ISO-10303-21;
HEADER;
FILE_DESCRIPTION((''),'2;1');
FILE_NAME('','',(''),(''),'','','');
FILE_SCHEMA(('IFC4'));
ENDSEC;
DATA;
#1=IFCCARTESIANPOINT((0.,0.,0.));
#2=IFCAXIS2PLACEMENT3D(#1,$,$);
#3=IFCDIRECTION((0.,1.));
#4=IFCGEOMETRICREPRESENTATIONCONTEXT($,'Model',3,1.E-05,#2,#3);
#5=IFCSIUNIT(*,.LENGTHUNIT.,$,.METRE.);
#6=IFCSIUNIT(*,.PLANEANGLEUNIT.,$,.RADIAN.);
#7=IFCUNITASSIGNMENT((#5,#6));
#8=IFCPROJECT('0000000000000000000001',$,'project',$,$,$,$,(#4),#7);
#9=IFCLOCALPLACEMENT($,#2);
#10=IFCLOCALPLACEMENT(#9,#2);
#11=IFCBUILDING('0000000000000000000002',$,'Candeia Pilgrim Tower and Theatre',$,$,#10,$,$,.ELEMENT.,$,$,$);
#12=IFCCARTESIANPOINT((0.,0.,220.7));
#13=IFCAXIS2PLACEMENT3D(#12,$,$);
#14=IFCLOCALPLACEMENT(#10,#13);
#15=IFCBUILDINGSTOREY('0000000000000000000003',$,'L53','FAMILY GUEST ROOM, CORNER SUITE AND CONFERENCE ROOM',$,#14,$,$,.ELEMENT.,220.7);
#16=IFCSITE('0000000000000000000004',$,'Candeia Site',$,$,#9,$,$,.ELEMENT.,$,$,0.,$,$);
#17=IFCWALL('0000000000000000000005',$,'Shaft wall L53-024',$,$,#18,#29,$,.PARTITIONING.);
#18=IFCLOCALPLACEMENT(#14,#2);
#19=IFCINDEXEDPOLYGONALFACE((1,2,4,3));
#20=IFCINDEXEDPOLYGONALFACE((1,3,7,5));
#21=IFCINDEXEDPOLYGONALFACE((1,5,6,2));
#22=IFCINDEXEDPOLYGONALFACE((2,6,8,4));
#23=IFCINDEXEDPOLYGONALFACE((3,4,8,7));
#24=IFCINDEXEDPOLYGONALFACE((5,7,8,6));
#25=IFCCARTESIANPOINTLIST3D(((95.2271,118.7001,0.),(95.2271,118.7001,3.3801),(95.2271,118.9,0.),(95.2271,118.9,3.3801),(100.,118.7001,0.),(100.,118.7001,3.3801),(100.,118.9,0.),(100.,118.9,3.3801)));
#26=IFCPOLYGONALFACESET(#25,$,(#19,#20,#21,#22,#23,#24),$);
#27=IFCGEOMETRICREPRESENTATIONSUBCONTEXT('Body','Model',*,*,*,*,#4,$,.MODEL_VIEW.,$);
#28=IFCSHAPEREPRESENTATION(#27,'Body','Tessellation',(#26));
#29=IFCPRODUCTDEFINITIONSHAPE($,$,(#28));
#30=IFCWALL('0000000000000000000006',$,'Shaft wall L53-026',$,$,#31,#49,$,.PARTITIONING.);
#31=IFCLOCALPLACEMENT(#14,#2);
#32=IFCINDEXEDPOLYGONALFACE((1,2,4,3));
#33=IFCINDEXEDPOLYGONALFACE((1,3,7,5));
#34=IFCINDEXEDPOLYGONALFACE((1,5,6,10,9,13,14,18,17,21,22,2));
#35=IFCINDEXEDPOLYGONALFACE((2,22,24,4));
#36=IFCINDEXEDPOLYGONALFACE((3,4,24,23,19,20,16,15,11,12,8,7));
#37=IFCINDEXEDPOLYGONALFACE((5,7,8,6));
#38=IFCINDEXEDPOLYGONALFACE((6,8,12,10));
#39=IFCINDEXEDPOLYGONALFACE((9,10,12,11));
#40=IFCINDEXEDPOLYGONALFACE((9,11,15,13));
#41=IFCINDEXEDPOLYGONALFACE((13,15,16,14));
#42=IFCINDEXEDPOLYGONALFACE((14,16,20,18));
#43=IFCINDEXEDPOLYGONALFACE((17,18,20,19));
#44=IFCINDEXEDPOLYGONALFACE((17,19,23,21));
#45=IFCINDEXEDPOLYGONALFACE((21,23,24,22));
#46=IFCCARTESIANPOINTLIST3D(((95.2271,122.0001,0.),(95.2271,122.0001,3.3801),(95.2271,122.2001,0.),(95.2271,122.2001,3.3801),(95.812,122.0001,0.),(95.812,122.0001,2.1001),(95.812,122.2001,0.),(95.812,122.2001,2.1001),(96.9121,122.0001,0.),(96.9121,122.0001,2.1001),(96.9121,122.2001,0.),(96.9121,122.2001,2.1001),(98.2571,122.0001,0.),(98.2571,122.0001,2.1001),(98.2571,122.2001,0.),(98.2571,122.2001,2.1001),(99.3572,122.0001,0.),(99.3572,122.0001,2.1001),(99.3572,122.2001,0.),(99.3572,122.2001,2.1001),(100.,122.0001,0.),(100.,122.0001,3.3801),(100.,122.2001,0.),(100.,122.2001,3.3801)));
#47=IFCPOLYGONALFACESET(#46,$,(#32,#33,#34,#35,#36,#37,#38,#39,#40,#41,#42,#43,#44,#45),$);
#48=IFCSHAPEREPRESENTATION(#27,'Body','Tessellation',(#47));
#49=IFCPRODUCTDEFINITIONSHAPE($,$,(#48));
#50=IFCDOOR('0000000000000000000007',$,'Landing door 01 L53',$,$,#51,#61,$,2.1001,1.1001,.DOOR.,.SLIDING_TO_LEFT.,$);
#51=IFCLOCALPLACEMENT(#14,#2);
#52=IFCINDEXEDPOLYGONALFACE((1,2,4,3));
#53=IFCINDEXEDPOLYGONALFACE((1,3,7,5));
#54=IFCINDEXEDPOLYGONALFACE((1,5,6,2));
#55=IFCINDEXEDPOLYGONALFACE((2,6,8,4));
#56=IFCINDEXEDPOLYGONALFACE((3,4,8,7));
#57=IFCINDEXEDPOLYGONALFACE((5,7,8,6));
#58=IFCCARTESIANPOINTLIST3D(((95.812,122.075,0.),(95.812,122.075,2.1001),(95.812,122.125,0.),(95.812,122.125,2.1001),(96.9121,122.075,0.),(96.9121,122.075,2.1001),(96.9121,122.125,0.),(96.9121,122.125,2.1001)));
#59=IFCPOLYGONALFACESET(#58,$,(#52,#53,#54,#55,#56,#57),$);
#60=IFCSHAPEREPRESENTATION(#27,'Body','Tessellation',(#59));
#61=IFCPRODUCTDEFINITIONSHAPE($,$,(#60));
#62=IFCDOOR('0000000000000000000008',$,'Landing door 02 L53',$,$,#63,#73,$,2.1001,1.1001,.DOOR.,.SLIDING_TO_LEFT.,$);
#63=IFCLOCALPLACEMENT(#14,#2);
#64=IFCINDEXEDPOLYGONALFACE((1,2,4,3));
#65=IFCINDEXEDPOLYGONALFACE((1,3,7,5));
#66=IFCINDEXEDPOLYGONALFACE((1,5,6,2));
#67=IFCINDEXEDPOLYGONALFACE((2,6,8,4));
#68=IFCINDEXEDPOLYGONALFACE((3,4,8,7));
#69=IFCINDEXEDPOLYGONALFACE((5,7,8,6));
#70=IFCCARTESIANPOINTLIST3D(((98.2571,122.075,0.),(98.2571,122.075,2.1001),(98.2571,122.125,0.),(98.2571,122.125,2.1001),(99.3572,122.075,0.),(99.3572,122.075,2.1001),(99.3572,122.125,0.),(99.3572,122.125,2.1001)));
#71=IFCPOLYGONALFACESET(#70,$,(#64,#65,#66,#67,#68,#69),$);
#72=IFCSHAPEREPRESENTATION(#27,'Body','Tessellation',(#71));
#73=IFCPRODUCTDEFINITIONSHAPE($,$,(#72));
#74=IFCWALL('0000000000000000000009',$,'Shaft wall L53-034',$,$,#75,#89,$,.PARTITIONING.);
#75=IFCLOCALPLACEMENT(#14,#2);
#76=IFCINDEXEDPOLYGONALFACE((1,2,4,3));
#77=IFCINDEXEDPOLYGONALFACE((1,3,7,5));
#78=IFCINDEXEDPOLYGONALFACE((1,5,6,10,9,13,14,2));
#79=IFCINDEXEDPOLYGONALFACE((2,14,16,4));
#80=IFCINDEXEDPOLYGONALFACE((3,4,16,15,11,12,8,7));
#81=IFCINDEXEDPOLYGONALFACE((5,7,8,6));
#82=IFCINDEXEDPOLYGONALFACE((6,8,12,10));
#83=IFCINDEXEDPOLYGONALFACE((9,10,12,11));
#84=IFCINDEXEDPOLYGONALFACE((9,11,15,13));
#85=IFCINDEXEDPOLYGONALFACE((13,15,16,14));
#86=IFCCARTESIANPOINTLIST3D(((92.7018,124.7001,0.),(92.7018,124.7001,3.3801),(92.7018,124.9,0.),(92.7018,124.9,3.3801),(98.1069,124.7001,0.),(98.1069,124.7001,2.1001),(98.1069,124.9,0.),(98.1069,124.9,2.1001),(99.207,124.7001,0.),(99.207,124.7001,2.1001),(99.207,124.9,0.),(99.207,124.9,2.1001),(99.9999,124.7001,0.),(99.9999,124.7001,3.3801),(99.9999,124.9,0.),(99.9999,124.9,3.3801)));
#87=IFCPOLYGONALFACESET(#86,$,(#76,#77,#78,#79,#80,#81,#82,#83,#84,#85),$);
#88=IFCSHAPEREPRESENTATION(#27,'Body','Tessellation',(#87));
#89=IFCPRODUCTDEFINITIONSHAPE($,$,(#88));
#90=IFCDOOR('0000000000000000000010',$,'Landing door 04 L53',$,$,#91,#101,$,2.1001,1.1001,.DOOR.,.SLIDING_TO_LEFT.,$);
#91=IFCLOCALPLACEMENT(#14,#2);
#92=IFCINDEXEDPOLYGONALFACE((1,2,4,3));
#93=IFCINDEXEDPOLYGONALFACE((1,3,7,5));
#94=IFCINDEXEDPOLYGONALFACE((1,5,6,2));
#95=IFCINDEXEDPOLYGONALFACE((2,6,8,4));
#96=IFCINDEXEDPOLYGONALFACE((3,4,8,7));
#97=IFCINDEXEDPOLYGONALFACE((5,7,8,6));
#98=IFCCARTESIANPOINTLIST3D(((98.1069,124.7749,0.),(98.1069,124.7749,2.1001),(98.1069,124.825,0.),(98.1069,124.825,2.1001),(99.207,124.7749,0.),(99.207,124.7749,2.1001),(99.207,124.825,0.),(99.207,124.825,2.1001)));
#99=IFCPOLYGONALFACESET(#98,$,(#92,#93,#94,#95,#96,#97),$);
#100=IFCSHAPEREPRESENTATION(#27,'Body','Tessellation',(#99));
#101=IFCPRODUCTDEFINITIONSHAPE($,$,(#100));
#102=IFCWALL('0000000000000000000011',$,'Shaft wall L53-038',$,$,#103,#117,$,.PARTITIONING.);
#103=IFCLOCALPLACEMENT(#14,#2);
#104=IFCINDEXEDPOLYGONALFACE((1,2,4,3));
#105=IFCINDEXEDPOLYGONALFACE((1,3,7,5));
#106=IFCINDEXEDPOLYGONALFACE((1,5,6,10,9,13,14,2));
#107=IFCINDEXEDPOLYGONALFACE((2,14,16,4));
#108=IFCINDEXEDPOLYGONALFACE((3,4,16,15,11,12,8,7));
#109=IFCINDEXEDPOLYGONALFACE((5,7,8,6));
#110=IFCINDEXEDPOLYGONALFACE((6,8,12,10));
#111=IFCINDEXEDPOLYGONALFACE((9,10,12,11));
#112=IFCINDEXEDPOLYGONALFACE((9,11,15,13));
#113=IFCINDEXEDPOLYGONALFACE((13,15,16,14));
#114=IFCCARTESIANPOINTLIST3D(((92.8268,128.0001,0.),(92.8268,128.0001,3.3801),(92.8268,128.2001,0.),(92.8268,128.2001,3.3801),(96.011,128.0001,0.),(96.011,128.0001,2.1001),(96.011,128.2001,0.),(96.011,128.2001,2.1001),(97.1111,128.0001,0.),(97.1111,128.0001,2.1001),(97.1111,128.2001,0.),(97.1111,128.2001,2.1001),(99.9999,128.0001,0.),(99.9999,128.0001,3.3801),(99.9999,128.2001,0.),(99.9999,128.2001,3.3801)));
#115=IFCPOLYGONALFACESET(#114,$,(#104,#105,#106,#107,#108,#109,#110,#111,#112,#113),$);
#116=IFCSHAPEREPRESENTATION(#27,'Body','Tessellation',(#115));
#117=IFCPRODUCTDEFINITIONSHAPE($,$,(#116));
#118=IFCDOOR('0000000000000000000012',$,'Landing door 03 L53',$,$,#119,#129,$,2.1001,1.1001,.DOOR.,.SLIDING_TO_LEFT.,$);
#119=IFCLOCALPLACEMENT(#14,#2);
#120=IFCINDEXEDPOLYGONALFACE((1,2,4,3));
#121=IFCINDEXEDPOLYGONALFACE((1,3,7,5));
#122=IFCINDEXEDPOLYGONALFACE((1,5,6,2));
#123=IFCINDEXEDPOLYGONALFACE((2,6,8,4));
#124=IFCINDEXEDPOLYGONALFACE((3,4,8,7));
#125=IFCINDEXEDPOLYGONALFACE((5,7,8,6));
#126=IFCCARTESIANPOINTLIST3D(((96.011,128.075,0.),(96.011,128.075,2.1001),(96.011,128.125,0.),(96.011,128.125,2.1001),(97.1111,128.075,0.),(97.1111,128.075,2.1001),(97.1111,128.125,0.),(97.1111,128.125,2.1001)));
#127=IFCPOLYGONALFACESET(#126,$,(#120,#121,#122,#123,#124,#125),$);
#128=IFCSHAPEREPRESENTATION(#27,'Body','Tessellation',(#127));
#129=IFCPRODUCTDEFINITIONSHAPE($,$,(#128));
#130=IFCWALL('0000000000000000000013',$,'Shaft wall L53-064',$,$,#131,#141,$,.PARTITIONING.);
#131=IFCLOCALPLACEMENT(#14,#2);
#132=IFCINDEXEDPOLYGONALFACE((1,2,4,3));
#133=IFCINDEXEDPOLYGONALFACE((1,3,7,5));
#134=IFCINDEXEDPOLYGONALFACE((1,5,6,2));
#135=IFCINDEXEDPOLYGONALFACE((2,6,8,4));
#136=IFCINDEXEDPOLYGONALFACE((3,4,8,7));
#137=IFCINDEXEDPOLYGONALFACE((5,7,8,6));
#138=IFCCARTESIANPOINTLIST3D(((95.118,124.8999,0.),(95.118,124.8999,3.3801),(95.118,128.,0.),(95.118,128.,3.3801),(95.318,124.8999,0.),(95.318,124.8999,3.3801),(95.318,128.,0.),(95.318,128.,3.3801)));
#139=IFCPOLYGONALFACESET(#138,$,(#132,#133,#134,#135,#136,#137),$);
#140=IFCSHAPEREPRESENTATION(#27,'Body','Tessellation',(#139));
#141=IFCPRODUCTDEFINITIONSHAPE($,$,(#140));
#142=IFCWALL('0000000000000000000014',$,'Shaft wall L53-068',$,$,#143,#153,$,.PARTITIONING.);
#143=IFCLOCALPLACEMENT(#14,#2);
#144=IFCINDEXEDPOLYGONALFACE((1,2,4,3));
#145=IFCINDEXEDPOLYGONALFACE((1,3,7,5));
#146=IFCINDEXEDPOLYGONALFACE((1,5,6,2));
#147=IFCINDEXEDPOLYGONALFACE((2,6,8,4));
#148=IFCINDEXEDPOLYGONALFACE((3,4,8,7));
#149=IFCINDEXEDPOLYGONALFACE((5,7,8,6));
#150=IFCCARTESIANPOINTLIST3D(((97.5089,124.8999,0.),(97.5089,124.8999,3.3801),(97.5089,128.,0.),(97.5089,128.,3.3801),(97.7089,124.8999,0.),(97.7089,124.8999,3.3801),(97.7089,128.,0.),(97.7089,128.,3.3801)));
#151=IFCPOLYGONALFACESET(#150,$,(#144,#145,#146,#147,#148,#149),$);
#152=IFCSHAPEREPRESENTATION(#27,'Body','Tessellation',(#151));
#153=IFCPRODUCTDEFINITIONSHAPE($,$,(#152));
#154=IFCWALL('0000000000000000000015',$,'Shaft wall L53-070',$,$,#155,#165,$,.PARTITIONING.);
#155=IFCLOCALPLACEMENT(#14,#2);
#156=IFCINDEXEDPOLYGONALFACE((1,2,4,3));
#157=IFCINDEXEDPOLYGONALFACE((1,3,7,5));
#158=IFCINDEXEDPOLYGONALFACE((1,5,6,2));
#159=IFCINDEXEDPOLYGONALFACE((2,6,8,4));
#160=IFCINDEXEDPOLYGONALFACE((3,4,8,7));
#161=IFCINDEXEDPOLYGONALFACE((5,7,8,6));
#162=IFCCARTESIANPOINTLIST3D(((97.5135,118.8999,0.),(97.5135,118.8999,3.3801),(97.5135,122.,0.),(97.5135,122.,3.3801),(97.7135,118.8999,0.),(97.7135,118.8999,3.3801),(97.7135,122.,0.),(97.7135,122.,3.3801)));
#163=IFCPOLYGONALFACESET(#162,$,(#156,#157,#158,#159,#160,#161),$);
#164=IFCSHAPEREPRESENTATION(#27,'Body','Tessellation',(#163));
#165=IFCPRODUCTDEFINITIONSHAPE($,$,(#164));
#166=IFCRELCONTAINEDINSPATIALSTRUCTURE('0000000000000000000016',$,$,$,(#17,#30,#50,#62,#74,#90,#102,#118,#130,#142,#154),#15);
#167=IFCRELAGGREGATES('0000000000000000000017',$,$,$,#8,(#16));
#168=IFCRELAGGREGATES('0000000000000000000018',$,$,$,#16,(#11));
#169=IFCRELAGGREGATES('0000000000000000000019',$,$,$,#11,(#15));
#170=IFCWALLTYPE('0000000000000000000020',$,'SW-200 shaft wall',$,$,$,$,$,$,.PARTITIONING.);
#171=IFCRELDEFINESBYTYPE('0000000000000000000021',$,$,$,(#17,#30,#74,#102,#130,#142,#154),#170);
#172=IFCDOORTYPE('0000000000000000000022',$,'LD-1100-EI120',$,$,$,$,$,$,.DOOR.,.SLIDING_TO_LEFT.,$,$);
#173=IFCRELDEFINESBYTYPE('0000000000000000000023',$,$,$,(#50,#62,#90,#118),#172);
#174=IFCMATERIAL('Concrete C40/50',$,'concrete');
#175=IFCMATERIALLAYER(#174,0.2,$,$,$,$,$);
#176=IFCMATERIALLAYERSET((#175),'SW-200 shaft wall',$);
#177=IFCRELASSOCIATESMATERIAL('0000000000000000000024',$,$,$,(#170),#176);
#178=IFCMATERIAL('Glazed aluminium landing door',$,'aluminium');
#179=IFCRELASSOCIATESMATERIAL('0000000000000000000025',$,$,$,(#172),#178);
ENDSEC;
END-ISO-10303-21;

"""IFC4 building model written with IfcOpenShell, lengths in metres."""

from ifc_helpers import new_model, si_unit, direction, frame, frame_2d, origin, place, context, subcontext, project, spatial, rectangle, extrude, material, layer, layer_set, type_object, element, fill, save


model = new_model("IFC4")

# Units and contexts
model_context = context("Model", 3, precision=1e-05, world=origin(), true_north=direction((0.0, 1.0)))
body_context = subcontext(model_context, "Body", "Model", "MODEL_VIEW")
ifc_project = project(units=[si_unit("LENGTHUNIT", "METRE"), si_unit("PLANEANGLEUNIT", "RADIAN")], contexts=[model_context])

# Site, building, storey
site_placement = place(None, origin())
site = spatial("IfcSite", under=ifc_project, at=site_placement, Name="Candeia Site", CompositionType="ELEMENT", RefElevation=0.0)
building_placement = place(site_placement, origin())
building = spatial("IfcBuilding", under=site, at=building_placement, Name="Candeia Pilgrim Tower and Theatre", CompositionType="ELEMENT")
storey_placement = place(building_placement, frame((0.0, 0.0, 220.7)))
storey = spatial("IfcBuildingStorey", under=building, at=storey_placement, Name="L53", Description="FAMILY GUEST ROOM, CORNER SUITE AND CONFERENCE ROOM", CompositionType="ELEMENT", Elevation=220.7)

# Wall
ifc_material_1 = material(Name="Concrete C40/50", Category="concrete")
ifc_layer_1 = layer(ifc_material_1, 0.2)
ifc_layer_set_1 = layer_set([ifc_layer_1], Name="SW-200 shaft wall")
wall_type_1 = type_object("IfcWallType", Name="SW-200 shaft wall", PredefinedType="PARTITIONING", material=ifc_layer_set_1)
wall_1_placement = place(storey_placement, frame((95.2271, 118.8, 0.0), z_axis=(0.0, 0.0, 1.0), x_axis=(1.0, 0.0, 0.0)))
element("IfcWall", 1, at=wall_1_placement, inside=storey, type_object=wall_type_1, Name="Shaft wall L53-024", PredefinedType="PARTITIONING", context=body_context, shape_type="SweptSolid", body=[
    extrude(rectangle(XDim=4.7729, YDim=0.2, at=frame_2d((2.3865, 0.0))), origin(), (0.0, 0.0, 1.0), 3.3801),
])

# Wall, openings, doors
wall_2_placement = place(storey_placement, frame((95.2271, 122.1001, 0.0), z_axis=(0.0, 0.0, 1.0), x_axis=(1.0, 0.0, 0.0)))
wall_2 = element("IfcWall", 2, at=wall_2_placement, inside=storey, type_object=wall_type_1, Name="Shaft wall L53-026", PredefinedType="PARTITIONING", context=body_context, shape_type="SweptSolid", body=[
    extrude(rectangle(XDim=4.7729, YDim=0.2, at=frame_2d((2.3865, 0.0))), origin(), (0.0, 0.0, 1.0), 3.3801),
])
opening_1_placement = place(wall_2_placement, frame((0.585, 0.0, 0.0)))
opening_1 = element("IfcOpeningElement", 3, at=opening_1_placement, cuts=wall_2, PredefinedType="OPENING", context=body_context, shape_type="SweptSolid", body=[
    extrude(rectangle(XDim=1.1001, YDim=2.1001, at=frame_2d((0.55, 1.05))), frame((0.0, 0.1099, 0.0), z_axis=(0.0, -1.0, 0.0), x_axis=(1.0, 0.0, 0.0)), (0.0, 0.0, 1.0), 0.22),
])
opening_2_placement = place(wall_2_placement, frame((3.03, 0.0, 0.0)))
opening_2 = element("IfcOpeningElement", 4, at=opening_2_placement, cuts=wall_2, PredefinedType="OPENING", context=body_context, shape_type="SweptSolid", body=[
    extrude(rectangle(XDim=1.1001, YDim=2.1001, at=frame_2d((0.55, 1.05))), frame((0.0, 0.1099, 0.0), z_axis=(0.0, -1.0, 0.0), x_axis=(1.0, 0.0, 0.0)), (0.0, 0.0, 1.0), 0.22),
])
ifc_material_2 = material(Name="Glazed aluminium landing door", Category="aluminium")
door_type_1 = type_object("IfcDoorType", Name="LD-1100-EI120", OperationType="SLIDING_TO_LEFT", PredefinedType="DOOR", material=ifc_material_2)
door_1_placement = place(opening_1_placement, origin())
door_1 = element("IfcDoor", 5, at=door_1_placement, inside=storey, type_object=door_type_1, Name="Landing door 01 L53", OperationType="SLIDING_TO_LEFT", OverallHeight=2.1001, OverallWidth=1.1001, PredefinedType="DOOR", context=body_context, shape_type="SweptSolid", body=[
    extrude(rectangle(XDim=1.1001, YDim=2.1001, at=frame_2d((0.55, 1.05))), frame((0.0, 0.0249, 0.0), z_axis=(0.0, -1.0, 0.0), x_axis=(1.0, 0.0, 0.0)), (0.0, 0.0, 1.0), 0.05),
])
fill(opening_1, door_1)
door_2_placement = place(opening_2_placement, origin())
door_2 = element("IfcDoor", 6, at=door_2_placement, inside=storey, type_object=door_type_1, Name="Landing door 02 L53", OperationType="SLIDING_TO_LEFT", OverallHeight=2.1001, OverallWidth=1.1001, PredefinedType="DOOR", context=body_context, shape_type="SweptSolid", body=[
    extrude(rectangle(XDim=1.1001, YDim=2.1001, at=frame_2d((0.55, 1.05))), frame((0.0, 0.0249, 0.0), z_axis=(0.0, -1.0, 0.0), x_axis=(1.0, 0.0, 0.0)), (0.0, 0.0, 1.0), 0.05),
])
fill(opening_2, door_2)

# Walls, openings, doors
wall_3_placement = place(storey_placement, frame((92.7019, 124.8, 0.0), z_axis=(0.0, 0.0, 1.0), x_axis=(1.0, 0.0, 0.0)))
wall_3 = element("IfcWall", 7, at=wall_3_placement, inside=storey, type_object=wall_type_1, Name="Shaft wall L53-034", PredefinedType="PARTITIONING", context=body_context, shape_type="SweptSolid", body=[
    extrude(rectangle(XDim=7.2981, YDim=0.2, at=frame_2d((3.6489, 0.0))), origin(), (0.0, 0.0, 1.0), 3.3801),
])
opening_3_placement = place(wall_3_placement, frame((5.405, 0.0, 0.0)))
opening_3 = element("IfcOpeningElement", 8, at=opening_3_placement, cuts=wall_3, PredefinedType="OPENING", context=body_context, shape_type="SweptSolid", body=[
    extrude(rectangle(XDim=1.1001, YDim=2.1001, at=frame_2d((0.55, 1.05))), frame((0.0, 0.1099, 0.0), z_axis=(0.0, -1.0, 0.0), x_axis=(1.0, 0.0, 0.0)), (0.0, 0.0, 1.0), 0.22),
])
door_3_placement = place(opening_3_placement, origin())
door_3 = element("IfcDoor", 9, at=door_3_placement, inside=storey, type_object=door_type_1, Name="Landing door 04 L53", OperationType="SLIDING_TO_LEFT", OverallHeight=2.1001, OverallWidth=1.1001, PredefinedType="DOOR", context=body_context, shape_type="SweptSolid", body=[
    extrude(rectangle(XDim=1.1001, YDim=2.1001, at=frame_2d((0.55, 1.05))), frame((0.0, 0.0249, 0.0), z_axis=(0.0, -1.0, 0.0), x_axis=(1.0, 0.0, 0.0)), (0.0, 0.0, 1.0), 0.05),
])
fill(opening_3, door_3)
wall_4_placement = place(storey_placement, frame((92.8269, 128.1001, 0.0), z_axis=(0.0, 0.0, 1.0), x_axis=(1.0, 0.0, 0.0)))
wall_4 = element("IfcWall", 10, at=wall_4_placement, inside=storey, type_object=wall_type_1, Name="Shaft wall L53-038", PredefinedType="PARTITIONING", context=body_context, shape_type="SweptSolid", body=[
    extrude(rectangle(XDim=7.1731, YDim=0.2, at=frame_2d((3.5864, 0.0))), origin(), (0.0, 0.0, 1.0), 3.3801),
])
opening_4_placement = place(wall_4_placement, frame((3.1841, 0.0, 0.0)))
opening_4 = element("IfcOpeningElement", 11, at=opening_4_placement, cuts=wall_4, PredefinedType="OPENING", context=body_context, shape_type="SweptSolid", body=[
    extrude(rectangle(XDim=1.1001, YDim=2.1001, at=frame_2d((0.55, 1.05))), frame((0.0, 0.1099, 0.0), z_axis=(0.0, -1.0, 0.0), x_axis=(1.0, 0.0, 0.0)), (0.0, 0.0, 1.0), 0.22),
])
door_4_placement = place(opening_4_placement, origin())
door_4 = element("IfcDoor", 12, at=door_4_placement, inside=storey, type_object=door_type_1, Name="Landing door 03 L53", OperationType="SLIDING_TO_LEFT", OverallHeight=2.1001, OverallWidth=1.1001, PredefinedType="DOOR", context=body_context, shape_type="SweptSolid", body=[
    extrude(rectangle(XDim=1.1001, YDim=2.1001, at=frame_2d((0.55, 1.05))), frame((0.0, 0.0249, 0.0), z_axis=(0.0, -1.0, 0.0), x_axis=(1.0, 0.0, 0.0)), (0.0, 0.0, 1.0), 0.05),
])
fill(opening_4, door_4)

# Walls
for number, where, z_axis, x_axis, name in (
    (13, (95.218, 124.8999, 0.0), (0.0, 0.0, 1.0), (0.0, 1.0, 0.0), "Shaft wall L53-064"),
    (14, (97.6089, 124.8999, 0.0), (0.0, 0.0, 1.0), (0.0, 1.0, 0.0), "Shaft wall L53-068"),
    (15, (97.6135, 118.8999, 0.0), (0.0, 0.0, 1.0), (0.0, 1.0, 0.0), "Shaft wall L53-070"),
):
    element("IfcWall", number, at=place(storey_placement, frame(where, z_axis=z_axis, x_axis=x_axis)), inside=storey, type_object=wall_type_1, Name=name, PredefinedType="PARTITIONING", context=body_context, shape_type="SweptSolid", body=[
        extrude(rectangle(XDim=3.1001, YDim=0.2, at=frame_2d((1.55, 0.0))), origin(), (0.0, 0.0, 1.0), 3.3801),
    ])

save(model, "model.ifc")
